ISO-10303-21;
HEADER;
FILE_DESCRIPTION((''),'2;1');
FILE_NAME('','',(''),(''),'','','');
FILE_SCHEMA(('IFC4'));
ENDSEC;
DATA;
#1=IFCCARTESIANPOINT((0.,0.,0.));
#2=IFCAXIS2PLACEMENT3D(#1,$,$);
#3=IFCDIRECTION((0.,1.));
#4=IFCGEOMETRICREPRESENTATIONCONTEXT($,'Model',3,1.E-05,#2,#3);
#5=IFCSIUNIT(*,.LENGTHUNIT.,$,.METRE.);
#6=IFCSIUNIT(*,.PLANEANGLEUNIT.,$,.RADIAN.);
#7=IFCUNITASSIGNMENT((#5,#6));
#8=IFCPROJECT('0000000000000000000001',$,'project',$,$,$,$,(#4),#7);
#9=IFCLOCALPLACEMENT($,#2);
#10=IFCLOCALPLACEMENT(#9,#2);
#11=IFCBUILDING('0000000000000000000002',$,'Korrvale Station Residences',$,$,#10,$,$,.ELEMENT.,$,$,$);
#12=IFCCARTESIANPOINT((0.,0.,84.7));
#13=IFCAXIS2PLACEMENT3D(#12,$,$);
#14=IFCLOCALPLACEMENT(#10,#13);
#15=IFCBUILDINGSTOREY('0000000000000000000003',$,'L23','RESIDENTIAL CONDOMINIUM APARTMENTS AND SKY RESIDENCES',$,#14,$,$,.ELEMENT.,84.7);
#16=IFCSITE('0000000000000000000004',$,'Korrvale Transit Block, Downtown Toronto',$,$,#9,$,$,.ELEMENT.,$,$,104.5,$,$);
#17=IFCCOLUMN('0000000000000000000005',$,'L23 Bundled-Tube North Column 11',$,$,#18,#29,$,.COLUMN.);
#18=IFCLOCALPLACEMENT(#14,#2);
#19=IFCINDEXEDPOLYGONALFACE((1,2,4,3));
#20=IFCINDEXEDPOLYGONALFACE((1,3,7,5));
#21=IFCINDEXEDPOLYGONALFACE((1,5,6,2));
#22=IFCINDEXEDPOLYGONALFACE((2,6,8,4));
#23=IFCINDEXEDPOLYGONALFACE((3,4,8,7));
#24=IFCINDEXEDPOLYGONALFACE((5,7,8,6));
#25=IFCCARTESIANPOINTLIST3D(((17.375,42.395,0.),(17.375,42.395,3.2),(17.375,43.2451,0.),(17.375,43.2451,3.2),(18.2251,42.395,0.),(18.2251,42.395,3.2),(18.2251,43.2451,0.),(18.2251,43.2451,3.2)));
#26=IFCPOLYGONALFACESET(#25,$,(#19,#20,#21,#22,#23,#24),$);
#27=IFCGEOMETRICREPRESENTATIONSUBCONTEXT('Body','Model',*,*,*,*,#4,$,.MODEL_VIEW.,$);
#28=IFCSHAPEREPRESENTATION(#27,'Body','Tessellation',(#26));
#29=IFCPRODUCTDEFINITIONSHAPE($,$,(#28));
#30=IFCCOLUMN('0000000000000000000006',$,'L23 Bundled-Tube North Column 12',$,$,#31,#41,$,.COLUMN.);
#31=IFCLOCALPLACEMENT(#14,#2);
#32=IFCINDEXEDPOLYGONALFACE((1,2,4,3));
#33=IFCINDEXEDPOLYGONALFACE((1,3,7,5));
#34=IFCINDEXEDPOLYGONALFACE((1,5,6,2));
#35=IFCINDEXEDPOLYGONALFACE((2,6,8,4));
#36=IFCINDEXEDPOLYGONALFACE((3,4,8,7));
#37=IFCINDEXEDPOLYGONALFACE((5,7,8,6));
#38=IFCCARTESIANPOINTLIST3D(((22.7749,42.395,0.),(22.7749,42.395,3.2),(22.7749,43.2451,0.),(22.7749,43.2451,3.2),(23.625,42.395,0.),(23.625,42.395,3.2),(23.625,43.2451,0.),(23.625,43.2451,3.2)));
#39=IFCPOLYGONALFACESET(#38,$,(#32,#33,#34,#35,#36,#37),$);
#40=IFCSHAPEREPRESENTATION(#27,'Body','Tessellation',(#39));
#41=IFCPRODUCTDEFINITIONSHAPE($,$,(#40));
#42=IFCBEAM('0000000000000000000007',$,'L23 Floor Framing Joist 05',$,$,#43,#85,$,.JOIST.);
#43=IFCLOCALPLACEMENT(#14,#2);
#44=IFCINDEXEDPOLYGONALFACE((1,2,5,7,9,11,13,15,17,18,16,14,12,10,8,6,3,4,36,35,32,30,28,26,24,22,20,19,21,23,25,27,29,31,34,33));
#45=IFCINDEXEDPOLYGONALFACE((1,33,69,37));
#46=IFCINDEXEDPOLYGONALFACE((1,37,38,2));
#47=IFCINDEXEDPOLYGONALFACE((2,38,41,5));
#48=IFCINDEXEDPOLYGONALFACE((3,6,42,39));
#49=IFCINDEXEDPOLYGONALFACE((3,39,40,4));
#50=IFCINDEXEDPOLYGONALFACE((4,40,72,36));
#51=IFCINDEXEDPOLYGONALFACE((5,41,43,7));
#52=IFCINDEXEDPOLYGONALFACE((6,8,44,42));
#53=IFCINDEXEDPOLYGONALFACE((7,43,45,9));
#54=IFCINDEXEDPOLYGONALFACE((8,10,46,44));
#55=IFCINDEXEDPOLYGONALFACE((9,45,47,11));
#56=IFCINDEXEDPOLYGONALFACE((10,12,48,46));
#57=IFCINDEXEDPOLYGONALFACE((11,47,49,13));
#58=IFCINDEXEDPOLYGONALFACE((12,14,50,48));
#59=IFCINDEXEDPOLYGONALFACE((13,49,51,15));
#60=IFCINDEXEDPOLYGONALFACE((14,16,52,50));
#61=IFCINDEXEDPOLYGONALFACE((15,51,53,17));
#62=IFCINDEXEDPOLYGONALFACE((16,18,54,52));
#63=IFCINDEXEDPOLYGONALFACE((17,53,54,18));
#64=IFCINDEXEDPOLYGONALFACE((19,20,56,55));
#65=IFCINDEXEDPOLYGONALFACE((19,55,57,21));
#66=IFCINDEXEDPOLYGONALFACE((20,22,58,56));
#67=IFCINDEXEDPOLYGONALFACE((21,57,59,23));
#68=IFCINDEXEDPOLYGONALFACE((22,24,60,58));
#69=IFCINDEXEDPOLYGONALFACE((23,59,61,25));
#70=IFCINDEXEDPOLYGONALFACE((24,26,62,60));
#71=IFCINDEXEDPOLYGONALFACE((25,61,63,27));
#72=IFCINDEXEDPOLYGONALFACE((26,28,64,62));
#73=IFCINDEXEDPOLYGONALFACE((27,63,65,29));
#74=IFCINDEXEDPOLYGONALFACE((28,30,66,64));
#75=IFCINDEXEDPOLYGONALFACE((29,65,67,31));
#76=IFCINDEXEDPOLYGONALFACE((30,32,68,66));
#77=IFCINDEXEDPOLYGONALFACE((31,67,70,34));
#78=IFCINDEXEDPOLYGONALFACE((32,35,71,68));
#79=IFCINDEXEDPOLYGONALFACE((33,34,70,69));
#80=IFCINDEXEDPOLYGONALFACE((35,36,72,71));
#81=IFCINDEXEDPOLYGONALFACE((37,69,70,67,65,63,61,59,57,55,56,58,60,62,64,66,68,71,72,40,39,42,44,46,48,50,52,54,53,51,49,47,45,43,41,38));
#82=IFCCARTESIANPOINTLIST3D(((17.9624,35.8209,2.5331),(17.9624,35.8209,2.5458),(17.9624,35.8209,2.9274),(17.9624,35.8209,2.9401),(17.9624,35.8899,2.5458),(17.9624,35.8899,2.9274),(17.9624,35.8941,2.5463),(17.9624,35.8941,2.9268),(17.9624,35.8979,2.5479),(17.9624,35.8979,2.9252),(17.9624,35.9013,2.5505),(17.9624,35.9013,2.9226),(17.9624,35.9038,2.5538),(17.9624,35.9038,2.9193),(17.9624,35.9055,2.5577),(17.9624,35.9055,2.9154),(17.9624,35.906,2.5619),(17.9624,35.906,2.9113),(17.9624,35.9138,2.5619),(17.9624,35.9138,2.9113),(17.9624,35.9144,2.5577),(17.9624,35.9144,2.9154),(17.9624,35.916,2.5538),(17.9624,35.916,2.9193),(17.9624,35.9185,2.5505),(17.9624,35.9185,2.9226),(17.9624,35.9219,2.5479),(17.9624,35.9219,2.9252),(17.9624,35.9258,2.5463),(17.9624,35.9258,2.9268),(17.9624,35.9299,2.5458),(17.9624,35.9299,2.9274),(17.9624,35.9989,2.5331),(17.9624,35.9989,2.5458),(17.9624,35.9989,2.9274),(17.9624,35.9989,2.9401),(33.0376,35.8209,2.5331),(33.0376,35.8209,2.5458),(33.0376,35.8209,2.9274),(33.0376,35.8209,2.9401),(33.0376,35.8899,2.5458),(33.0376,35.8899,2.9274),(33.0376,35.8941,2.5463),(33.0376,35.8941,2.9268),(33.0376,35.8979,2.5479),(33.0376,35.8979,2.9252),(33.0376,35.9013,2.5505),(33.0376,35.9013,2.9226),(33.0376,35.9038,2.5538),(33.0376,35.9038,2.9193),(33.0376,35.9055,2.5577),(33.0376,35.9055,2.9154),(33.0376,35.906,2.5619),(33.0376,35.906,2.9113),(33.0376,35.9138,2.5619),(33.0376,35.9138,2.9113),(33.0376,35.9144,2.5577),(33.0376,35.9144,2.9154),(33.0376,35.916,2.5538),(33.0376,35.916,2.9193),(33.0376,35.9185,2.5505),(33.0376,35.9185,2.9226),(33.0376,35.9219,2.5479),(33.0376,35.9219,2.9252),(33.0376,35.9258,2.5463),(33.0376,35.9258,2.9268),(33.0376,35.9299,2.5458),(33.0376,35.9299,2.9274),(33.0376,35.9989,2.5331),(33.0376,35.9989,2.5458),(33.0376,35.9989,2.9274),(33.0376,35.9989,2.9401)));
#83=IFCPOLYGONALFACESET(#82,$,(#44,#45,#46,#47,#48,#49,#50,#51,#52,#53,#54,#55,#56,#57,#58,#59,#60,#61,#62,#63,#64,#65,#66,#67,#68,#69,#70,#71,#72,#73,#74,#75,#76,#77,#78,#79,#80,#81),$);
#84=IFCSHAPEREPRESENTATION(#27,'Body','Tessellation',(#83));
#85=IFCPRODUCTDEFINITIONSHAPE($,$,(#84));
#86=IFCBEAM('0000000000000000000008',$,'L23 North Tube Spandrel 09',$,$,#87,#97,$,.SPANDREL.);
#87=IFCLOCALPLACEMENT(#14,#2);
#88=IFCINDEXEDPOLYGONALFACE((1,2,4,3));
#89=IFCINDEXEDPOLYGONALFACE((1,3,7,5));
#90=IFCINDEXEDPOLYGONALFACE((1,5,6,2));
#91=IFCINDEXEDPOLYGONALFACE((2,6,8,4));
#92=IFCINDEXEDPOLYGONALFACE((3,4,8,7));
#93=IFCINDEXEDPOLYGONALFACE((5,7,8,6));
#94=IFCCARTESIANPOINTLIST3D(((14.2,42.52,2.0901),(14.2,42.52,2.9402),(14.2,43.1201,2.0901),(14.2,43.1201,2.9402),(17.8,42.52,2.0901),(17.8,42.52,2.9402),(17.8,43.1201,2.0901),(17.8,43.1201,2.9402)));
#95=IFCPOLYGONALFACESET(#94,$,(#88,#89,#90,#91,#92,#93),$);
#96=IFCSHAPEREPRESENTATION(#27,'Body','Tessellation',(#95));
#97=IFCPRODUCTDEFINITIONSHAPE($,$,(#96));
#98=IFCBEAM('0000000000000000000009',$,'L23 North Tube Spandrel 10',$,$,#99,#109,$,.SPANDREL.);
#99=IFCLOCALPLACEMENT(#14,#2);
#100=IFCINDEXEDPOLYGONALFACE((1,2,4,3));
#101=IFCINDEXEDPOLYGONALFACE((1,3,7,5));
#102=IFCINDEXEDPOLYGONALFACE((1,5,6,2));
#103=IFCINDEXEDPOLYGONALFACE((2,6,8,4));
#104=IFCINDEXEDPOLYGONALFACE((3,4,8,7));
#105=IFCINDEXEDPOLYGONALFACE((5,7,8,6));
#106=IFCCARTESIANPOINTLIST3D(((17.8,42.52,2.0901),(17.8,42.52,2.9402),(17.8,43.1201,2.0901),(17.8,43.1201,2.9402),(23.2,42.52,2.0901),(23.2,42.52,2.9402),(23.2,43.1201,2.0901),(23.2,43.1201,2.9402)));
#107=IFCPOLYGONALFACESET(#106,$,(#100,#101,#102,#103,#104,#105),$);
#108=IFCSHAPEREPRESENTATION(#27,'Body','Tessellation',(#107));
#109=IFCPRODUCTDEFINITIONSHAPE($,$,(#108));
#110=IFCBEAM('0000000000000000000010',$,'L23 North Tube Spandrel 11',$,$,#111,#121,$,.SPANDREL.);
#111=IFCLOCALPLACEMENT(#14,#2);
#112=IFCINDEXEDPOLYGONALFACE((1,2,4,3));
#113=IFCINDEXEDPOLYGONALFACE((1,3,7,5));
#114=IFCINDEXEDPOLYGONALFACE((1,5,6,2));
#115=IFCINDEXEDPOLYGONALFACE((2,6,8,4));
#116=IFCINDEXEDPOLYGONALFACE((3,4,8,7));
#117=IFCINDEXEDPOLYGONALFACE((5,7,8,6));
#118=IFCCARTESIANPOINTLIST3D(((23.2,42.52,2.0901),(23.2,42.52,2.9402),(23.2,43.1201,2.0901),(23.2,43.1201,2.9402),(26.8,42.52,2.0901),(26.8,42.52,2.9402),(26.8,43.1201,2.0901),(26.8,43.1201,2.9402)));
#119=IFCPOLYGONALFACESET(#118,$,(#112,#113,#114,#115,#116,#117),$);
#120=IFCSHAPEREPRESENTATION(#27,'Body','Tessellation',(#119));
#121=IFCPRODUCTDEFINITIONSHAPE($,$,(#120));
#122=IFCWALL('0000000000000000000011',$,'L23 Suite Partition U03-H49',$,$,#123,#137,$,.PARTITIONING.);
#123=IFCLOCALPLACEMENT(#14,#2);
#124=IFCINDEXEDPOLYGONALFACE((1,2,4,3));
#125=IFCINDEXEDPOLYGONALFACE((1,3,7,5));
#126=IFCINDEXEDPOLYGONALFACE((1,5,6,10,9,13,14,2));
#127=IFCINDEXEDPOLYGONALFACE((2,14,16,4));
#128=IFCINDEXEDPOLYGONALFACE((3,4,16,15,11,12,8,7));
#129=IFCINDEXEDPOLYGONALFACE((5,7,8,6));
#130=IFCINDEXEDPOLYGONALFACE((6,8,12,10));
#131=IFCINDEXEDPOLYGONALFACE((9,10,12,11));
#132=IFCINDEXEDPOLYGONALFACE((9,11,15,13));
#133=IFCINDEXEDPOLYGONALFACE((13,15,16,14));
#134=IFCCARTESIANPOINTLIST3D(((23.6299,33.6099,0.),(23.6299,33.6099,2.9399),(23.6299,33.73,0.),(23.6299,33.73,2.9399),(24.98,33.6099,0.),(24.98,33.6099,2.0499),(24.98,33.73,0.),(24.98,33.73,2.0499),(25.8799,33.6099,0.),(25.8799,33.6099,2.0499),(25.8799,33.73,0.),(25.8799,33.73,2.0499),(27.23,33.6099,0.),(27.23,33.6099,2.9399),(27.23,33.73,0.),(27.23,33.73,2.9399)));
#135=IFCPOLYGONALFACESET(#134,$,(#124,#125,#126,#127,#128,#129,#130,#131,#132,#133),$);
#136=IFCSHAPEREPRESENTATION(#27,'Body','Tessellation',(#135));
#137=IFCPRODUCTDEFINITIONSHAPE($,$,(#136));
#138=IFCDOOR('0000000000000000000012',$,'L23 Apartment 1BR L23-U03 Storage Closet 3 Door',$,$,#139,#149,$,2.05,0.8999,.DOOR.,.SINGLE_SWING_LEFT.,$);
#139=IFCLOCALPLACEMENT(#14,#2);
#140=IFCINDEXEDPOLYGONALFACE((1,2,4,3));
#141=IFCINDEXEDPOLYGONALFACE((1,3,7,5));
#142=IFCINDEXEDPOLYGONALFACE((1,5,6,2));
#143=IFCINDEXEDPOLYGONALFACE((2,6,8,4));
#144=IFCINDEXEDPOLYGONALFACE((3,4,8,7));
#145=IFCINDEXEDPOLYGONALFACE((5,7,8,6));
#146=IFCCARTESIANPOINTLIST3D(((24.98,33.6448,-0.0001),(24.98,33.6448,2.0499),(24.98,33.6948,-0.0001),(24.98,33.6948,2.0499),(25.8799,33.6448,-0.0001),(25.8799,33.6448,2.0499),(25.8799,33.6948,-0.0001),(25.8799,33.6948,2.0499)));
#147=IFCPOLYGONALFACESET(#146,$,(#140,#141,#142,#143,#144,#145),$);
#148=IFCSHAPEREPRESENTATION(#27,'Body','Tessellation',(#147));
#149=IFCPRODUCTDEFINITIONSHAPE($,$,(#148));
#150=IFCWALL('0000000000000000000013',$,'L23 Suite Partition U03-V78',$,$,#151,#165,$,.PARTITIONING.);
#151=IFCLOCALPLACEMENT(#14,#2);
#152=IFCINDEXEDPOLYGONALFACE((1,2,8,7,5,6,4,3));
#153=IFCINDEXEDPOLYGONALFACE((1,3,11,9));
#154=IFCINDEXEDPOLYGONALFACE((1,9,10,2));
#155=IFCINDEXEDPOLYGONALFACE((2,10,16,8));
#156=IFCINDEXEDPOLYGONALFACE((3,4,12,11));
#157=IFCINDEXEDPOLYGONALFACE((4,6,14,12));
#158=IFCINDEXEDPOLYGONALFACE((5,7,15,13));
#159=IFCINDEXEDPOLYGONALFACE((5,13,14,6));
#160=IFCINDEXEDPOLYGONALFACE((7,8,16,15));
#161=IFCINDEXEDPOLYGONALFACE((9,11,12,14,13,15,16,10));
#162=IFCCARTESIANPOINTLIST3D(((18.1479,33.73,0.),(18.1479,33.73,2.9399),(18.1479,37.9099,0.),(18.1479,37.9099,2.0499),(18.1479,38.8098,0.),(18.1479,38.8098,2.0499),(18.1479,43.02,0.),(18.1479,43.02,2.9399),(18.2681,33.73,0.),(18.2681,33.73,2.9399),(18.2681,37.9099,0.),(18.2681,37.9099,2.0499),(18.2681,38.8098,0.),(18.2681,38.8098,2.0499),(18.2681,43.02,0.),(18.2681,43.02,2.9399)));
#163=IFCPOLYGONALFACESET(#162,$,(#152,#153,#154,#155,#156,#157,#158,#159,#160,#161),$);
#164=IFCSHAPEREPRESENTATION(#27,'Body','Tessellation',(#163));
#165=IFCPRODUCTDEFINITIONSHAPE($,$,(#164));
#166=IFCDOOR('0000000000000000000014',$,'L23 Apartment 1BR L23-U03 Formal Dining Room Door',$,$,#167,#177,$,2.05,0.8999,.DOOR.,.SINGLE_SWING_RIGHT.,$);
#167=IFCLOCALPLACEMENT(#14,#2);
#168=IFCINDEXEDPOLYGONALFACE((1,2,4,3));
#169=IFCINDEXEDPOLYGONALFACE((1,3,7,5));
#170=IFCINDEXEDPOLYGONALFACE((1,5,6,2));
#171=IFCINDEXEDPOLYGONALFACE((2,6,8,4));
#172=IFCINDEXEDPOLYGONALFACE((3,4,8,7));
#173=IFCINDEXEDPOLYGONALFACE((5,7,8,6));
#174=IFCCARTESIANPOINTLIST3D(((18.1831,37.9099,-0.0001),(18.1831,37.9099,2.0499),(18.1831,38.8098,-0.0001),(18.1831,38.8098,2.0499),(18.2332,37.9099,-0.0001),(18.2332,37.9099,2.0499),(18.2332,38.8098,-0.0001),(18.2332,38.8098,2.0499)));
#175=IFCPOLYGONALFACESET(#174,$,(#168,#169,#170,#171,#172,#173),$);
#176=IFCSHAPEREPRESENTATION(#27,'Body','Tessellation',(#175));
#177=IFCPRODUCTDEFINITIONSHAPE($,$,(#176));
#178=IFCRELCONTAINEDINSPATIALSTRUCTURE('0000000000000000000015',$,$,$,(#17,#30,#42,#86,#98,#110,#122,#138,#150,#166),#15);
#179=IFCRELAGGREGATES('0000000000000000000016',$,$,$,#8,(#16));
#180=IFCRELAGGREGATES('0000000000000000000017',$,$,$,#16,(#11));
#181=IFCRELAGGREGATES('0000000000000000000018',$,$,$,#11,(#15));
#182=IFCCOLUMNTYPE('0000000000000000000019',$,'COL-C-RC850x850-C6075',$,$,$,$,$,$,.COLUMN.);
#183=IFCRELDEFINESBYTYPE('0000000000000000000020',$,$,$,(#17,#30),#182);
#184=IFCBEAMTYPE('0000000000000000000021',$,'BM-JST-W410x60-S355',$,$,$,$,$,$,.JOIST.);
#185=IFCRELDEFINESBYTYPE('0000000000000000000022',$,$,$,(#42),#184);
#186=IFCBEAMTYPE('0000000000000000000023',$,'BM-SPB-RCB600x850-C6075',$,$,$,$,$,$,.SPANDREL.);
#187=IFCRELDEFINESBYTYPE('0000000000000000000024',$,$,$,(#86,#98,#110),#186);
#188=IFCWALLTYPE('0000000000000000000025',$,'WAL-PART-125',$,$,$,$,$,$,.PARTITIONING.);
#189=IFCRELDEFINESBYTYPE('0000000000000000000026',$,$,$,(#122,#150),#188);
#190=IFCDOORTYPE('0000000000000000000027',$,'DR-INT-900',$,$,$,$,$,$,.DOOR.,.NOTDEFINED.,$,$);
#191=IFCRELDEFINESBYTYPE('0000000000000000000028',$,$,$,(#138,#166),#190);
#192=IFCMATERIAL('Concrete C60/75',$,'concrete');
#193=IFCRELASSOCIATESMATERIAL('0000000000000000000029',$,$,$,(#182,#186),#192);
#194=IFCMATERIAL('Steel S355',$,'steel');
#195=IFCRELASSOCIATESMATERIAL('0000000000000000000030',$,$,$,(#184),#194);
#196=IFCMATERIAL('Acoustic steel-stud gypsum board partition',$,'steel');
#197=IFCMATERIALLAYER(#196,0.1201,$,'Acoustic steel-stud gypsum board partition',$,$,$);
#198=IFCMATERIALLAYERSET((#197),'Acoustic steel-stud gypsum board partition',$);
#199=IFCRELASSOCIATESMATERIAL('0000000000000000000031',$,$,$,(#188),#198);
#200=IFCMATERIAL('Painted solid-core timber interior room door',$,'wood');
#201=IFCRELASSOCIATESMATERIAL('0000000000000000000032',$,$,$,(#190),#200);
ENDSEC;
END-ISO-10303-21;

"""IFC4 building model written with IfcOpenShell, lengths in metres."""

from ifc_helpers import new_model, si_unit, direction, frame, frame_2d, origin, origin_2d, place, context, subcontext, project, spatial, rectangle, i_section, extrude, material, layer, layer_set, material_profile, profile_set, type_object, element, fill, save


model = new_model("IFC4")

# Units and contexts
model_context = context("Model", 3, precision=1e-05, world=origin(), true_north=direction((0.0, 1.0)))
body_context = subcontext(model_context, "Body", "Model", "MODEL_VIEW")
ifc_project = project(units=[si_unit("LENGTHUNIT", "METRE"), si_unit("PLANEANGLEUNIT", "RADIAN")], contexts=[model_context])

# Site, building, storey
site_placement = place(None, origin())
site = spatial("IfcSite", under=ifc_project, at=site_placement, Name="Korrvale Transit Block, Downtown Toronto", CompositionType="ELEMENT", RefElevation=104.5)
building_placement = place(site_placement, origin())
building = spatial("IfcBuilding", under=site, at=building_placement, Name="Korrvale Station Residences", CompositionType="ELEMENT")
storey_placement = place(building_placement, frame((0.0, 0.0, 84.7)))
storey = spatial("IfcBuildingStorey", under=building, at=storey_placement, Name="L23", Description="RESIDENTIAL CONDOMINIUM APARTMENTS AND SKY RESIDENCES", CompositionType="ELEMENT", Elevation=84.7)

# Columns
ifc_material_1 = material(Name="Concrete C60/75", Category="concrete")
ifc_material_profile_1 = material_profile(ifc_material_1, rectangle(XDim=0.8501, YDim=0.8501, at=origin_2d()), Name="RC850x850")
ifc_profile_set_1 = profile_set([ifc_material_profile_1], Name="Concrete C60/75")
column_type = type_object("IfcColumnType", Name="COL-C-RC850x850-C6075", PredefinedType="COLUMN", material=ifc_profile_set_1)
for number, where, z_axis, x_axis, name in (
    (1, (17.8, 42.8201, 0.0), (0.0, 0.0, 1.0), (1.0, 0.0, 0.0), "L23 Bundled-Tube North Column 11"),
    (2, (23.2, 42.8201, 0.0), (0.0, 0.0, 1.0), (1.0, 0.0, 0.0), "L23 Bundled-Tube North Column 12"),
):
    element("IfcColumn", number, at=place(storey_placement, frame(where, z_axis=z_axis, x_axis=x_axis)), inside=storey, type_object=column_type, Name=name, PredefinedType="COLUMN", context=body_context, shape_type="SweptSolid", body=[
        extrude(rectangle(XDim=0.8501, YDim=0.8501, at=origin_2d()), origin(), (0.0, 0.0, 1.0), 3.2),
    ])

# Beams
ifc_material_2 = material(Name="Steel S355", Category="steel")
ifc_material_profile_2 = material_profile(ifc_material_2, i_section(OverallWidth=0.178, OverallDepth=0.407, WebThickness=0.0078, FlangeThickness=0.0127, FilletRadius=0.0161, at=origin_2d()), Name="W410x60")
ifc_profile_set_2 = profile_set([ifc_material_profile_2], Name="Steel S355")
beam_type_1 = type_object("IfcBeamType", Name="BM-JST-W410x60-S355", PredefinedType="JOIST", material=ifc_profile_set_2)
beam_1_placement = place(storey_placement, frame((17.9624, 35.9099, 2.7366), z_axis=(1.0, 0.0, 0.0), x_axis=(0.0, 1.0, 0.0)))
element("IfcBeam", 3, at=beam_1_placement, inside=storey, type_object=beam_type_1, Name="L23 Floor Framing Joist 05", PredefinedType="JOIST", context=body_context, shape_type="SweptSolid", body=[
    extrude(i_section(OverallWidth=0.178, OverallDepth=0.407, WebThickness=0.0078, FlangeThickness=0.0127, FilletRadius=0.0161, at=origin_2d()), origin(), (0.0, 0.0, 1.0), 15.0752),
])
ifc_material_profile_3 = material_profile(ifc_material_1, rectangle(XDim=0.6001, YDim=0.8501, at=origin_2d()), Name="RCB600x850")
ifc_profile_set_3 = profile_set([ifc_material_profile_3], Name="Concrete C60/75")
beam_type_2 = type_object("IfcBeamType", Name="BM-SPB-RCB600x850-C6075", PredefinedType="SPANDREL", material=ifc_profile_set_3)
beam_2_placement = place(storey_placement, frame((14.2, 42.8201, 2.5151), z_axis=(1.0, 0.0, 0.0), x_axis=(0.0, 1.0, 0.0)))
element("IfcBeam", 4, at=beam_2_placement, inside=storey, type_object=beam_type_2, Name="L23 North Tube Spandrel 09", PredefinedType="SPANDREL", context=body_context, shape_type="SweptSolid", body=[
    extrude(rectangle(XDim=0.6001, YDim=0.8501, at=origin_2d()), origin(), (0.0, 0.0, 1.0), 3.6001),
])
beam_3_placement = place(storey_placement, frame((17.8, 42.8201, 2.5151), z_axis=(1.0, 0.0, 0.0), x_axis=(0.0, 1.0, 0.0)))
element("IfcBeam", 5, at=beam_3_placement, inside=storey, type_object=beam_type_2, Name="L23 North Tube Spandrel 10", PredefinedType="SPANDREL", context=body_context, shape_type="SweptSolid", body=[
    extrude(rectangle(XDim=0.6001, YDim=0.8501, at=origin_2d()), origin(), (0.0, 0.0, 1.0), 5.3999),
])
beam_4_placement = place(storey_placement, frame((23.2, 42.8201, 2.5151), z_axis=(1.0, 0.0, 0.0), x_axis=(0.0, 1.0, 0.0)))
element("IfcBeam", 6, at=beam_4_placement, inside=storey, type_object=beam_type_2, Name="L23 North Tube Spandrel 11", PredefinedType="SPANDREL", context=body_context, shape_type="SweptSolid", body=[
    extrude(rectangle(XDim=0.6001, YDim=0.8501, at=origin_2d()), origin(), (0.0, 0.0, 1.0), 3.6001),
])

# Walls, openings, doors
ifc_material_3 = material(Name="Acoustic steel-stud gypsum board partition", Category="steel")
ifc_layer_1 = layer(ifc_material_3, 0.1201, Name="Acoustic steel-stud gypsum board partition")
ifc_layer_set_1 = layer_set([ifc_layer_1], Name="Acoustic steel-stud gypsum board partition")
wall_type = type_object("IfcWallType", Name="WAL-PART-125", PredefinedType="PARTITIONING", material=ifc_layer_set_1)
wall_1_placement = place(storey_placement, frame((23.6299, 33.6699, 0.0), z_axis=(0.0, 0.0, 1.0), x_axis=(1.0, 0.0, 0.0)))
wall_1 = element("IfcWall", 7, at=wall_1_placement, inside=storey, type_object=wall_type, Name="L23 Suite Partition U03-H49", PredefinedType="PARTITIONING", context=body_context, shape_type="SweptSolid", body=[
    extrude(rectangle(XDim=3.6001, YDim=0.1201, at=frame_2d((1.8, 0.0))), origin(), (0.0, 0.0, 1.0), 2.9399),
])
opening_1_placement = place(wall_1_placement, frame((1.3501, 0.0, 0.0)))
opening_1 = element("IfcOpeningElement", 8, at=opening_1_placement, cuts=wall_1, PredefinedType="OPENING", context=body_context, shape_type="SweptSolid", body=[
    extrude(rectangle(XDim=0.8999, YDim=2.05, at=frame_2d((0.45, 1.0249))), frame((0.0, 0.0701, 0.0), z_axis=(0.0, -1.0, 0.0), x_axis=(1.0, 0.0, 0.0)), (0.0, 0.0, 1.0), 0.1401),
])
ifc_material_4 = material(Name="Painted solid-core timber interior room door", Category="wood")
door_type = type_object("IfcDoorType", Name="DR-INT-900", OperationType="NOTDEFINED", PredefinedType="DOOR", material=ifc_material_4)
door_1_placement = place(opening_1_placement, origin())
door_1 = element("IfcDoor", 9, at=door_1_placement, inside=storey, type_object=door_type, Name="L23 Apartment 1BR L23-U03 Storage Closet 3 Door", OperationType="SINGLE_SWING_LEFT", OverallHeight=2.05, OverallWidth=0.8999, PredefinedType="DOOR", context=body_context, shape_type="SweptSolid", body=[
    extrude(rectangle(XDim=0.8999, YDim=2.05, at=frame_2d((0.45, 1.0249))), frame((0.0, 0.0249, 0.0), z_axis=(0.0, -1.0, 0.0), x_axis=(1.0, 0.0, 0.0)), (0.0, 0.0, 1.0), 0.05),
])
fill(opening_1, door_1)
wall_2_placement = place(storey_placement, frame((18.208, 33.73, 0.0), z_axis=(0.0, 0.0, 1.0), x_axis=(0.0, 1.0, 0.0)))
wall_2 = element("IfcWall", 10, at=wall_2_placement, inside=storey, type_object=wall_type, Name="L23 Suite Partition U03-V78", PredefinedType="PARTITIONING", context=body_context, shape_type="SweptSolid", body=[
    extrude(rectangle(XDim=9.29, YDim=0.1201, at=frame_2d((4.645, 0.0))), origin(), (0.0, 0.0, 1.0), 2.9399),
])
opening_2_placement = place(wall_2_placement, frame((4.1799, 0.0, 0.0)))
opening_2 = element("IfcOpeningElement", 11, at=opening_2_placement, cuts=wall_2, PredefinedType="OPENING", context=body_context, shape_type="SweptSolid", body=[
    extrude(rectangle(XDim=0.8999, YDim=2.05, at=frame_2d((0.45, 1.0249))), frame((0.0, 0.0701, 0.0), z_axis=(0.0, -1.0, 0.0), x_axis=(1.0, 0.0, 0.0)), (0.0, 0.0, 1.0), 0.1401),
])
door_2_placement = place(opening_2_placement, origin())
door_2 = element("IfcDoor", 12, at=door_2_placement, inside=storey, type_object=door_type, Name="L23 Apartment 1BR L23-U03 Formal Dining Room Door", OperationType="SINGLE_SWING_RIGHT", OverallHeight=2.05, OverallWidth=0.8999, PredefinedType="DOOR", context=body_context, shape_type="SweptSolid", body=[
    extrude(rectangle(XDim=0.8999, YDim=2.05, at=frame_2d((0.45, 1.0249))), frame((0.0, 0.0249, 0.0), z_axis=(0.0, -1.0, 0.0), x_axis=(1.0, 0.0, 0.0)), (0.0, 0.0, 1.0), 0.05),
])
fill(opening_2, door_2)

save(model, "model.ifc")
